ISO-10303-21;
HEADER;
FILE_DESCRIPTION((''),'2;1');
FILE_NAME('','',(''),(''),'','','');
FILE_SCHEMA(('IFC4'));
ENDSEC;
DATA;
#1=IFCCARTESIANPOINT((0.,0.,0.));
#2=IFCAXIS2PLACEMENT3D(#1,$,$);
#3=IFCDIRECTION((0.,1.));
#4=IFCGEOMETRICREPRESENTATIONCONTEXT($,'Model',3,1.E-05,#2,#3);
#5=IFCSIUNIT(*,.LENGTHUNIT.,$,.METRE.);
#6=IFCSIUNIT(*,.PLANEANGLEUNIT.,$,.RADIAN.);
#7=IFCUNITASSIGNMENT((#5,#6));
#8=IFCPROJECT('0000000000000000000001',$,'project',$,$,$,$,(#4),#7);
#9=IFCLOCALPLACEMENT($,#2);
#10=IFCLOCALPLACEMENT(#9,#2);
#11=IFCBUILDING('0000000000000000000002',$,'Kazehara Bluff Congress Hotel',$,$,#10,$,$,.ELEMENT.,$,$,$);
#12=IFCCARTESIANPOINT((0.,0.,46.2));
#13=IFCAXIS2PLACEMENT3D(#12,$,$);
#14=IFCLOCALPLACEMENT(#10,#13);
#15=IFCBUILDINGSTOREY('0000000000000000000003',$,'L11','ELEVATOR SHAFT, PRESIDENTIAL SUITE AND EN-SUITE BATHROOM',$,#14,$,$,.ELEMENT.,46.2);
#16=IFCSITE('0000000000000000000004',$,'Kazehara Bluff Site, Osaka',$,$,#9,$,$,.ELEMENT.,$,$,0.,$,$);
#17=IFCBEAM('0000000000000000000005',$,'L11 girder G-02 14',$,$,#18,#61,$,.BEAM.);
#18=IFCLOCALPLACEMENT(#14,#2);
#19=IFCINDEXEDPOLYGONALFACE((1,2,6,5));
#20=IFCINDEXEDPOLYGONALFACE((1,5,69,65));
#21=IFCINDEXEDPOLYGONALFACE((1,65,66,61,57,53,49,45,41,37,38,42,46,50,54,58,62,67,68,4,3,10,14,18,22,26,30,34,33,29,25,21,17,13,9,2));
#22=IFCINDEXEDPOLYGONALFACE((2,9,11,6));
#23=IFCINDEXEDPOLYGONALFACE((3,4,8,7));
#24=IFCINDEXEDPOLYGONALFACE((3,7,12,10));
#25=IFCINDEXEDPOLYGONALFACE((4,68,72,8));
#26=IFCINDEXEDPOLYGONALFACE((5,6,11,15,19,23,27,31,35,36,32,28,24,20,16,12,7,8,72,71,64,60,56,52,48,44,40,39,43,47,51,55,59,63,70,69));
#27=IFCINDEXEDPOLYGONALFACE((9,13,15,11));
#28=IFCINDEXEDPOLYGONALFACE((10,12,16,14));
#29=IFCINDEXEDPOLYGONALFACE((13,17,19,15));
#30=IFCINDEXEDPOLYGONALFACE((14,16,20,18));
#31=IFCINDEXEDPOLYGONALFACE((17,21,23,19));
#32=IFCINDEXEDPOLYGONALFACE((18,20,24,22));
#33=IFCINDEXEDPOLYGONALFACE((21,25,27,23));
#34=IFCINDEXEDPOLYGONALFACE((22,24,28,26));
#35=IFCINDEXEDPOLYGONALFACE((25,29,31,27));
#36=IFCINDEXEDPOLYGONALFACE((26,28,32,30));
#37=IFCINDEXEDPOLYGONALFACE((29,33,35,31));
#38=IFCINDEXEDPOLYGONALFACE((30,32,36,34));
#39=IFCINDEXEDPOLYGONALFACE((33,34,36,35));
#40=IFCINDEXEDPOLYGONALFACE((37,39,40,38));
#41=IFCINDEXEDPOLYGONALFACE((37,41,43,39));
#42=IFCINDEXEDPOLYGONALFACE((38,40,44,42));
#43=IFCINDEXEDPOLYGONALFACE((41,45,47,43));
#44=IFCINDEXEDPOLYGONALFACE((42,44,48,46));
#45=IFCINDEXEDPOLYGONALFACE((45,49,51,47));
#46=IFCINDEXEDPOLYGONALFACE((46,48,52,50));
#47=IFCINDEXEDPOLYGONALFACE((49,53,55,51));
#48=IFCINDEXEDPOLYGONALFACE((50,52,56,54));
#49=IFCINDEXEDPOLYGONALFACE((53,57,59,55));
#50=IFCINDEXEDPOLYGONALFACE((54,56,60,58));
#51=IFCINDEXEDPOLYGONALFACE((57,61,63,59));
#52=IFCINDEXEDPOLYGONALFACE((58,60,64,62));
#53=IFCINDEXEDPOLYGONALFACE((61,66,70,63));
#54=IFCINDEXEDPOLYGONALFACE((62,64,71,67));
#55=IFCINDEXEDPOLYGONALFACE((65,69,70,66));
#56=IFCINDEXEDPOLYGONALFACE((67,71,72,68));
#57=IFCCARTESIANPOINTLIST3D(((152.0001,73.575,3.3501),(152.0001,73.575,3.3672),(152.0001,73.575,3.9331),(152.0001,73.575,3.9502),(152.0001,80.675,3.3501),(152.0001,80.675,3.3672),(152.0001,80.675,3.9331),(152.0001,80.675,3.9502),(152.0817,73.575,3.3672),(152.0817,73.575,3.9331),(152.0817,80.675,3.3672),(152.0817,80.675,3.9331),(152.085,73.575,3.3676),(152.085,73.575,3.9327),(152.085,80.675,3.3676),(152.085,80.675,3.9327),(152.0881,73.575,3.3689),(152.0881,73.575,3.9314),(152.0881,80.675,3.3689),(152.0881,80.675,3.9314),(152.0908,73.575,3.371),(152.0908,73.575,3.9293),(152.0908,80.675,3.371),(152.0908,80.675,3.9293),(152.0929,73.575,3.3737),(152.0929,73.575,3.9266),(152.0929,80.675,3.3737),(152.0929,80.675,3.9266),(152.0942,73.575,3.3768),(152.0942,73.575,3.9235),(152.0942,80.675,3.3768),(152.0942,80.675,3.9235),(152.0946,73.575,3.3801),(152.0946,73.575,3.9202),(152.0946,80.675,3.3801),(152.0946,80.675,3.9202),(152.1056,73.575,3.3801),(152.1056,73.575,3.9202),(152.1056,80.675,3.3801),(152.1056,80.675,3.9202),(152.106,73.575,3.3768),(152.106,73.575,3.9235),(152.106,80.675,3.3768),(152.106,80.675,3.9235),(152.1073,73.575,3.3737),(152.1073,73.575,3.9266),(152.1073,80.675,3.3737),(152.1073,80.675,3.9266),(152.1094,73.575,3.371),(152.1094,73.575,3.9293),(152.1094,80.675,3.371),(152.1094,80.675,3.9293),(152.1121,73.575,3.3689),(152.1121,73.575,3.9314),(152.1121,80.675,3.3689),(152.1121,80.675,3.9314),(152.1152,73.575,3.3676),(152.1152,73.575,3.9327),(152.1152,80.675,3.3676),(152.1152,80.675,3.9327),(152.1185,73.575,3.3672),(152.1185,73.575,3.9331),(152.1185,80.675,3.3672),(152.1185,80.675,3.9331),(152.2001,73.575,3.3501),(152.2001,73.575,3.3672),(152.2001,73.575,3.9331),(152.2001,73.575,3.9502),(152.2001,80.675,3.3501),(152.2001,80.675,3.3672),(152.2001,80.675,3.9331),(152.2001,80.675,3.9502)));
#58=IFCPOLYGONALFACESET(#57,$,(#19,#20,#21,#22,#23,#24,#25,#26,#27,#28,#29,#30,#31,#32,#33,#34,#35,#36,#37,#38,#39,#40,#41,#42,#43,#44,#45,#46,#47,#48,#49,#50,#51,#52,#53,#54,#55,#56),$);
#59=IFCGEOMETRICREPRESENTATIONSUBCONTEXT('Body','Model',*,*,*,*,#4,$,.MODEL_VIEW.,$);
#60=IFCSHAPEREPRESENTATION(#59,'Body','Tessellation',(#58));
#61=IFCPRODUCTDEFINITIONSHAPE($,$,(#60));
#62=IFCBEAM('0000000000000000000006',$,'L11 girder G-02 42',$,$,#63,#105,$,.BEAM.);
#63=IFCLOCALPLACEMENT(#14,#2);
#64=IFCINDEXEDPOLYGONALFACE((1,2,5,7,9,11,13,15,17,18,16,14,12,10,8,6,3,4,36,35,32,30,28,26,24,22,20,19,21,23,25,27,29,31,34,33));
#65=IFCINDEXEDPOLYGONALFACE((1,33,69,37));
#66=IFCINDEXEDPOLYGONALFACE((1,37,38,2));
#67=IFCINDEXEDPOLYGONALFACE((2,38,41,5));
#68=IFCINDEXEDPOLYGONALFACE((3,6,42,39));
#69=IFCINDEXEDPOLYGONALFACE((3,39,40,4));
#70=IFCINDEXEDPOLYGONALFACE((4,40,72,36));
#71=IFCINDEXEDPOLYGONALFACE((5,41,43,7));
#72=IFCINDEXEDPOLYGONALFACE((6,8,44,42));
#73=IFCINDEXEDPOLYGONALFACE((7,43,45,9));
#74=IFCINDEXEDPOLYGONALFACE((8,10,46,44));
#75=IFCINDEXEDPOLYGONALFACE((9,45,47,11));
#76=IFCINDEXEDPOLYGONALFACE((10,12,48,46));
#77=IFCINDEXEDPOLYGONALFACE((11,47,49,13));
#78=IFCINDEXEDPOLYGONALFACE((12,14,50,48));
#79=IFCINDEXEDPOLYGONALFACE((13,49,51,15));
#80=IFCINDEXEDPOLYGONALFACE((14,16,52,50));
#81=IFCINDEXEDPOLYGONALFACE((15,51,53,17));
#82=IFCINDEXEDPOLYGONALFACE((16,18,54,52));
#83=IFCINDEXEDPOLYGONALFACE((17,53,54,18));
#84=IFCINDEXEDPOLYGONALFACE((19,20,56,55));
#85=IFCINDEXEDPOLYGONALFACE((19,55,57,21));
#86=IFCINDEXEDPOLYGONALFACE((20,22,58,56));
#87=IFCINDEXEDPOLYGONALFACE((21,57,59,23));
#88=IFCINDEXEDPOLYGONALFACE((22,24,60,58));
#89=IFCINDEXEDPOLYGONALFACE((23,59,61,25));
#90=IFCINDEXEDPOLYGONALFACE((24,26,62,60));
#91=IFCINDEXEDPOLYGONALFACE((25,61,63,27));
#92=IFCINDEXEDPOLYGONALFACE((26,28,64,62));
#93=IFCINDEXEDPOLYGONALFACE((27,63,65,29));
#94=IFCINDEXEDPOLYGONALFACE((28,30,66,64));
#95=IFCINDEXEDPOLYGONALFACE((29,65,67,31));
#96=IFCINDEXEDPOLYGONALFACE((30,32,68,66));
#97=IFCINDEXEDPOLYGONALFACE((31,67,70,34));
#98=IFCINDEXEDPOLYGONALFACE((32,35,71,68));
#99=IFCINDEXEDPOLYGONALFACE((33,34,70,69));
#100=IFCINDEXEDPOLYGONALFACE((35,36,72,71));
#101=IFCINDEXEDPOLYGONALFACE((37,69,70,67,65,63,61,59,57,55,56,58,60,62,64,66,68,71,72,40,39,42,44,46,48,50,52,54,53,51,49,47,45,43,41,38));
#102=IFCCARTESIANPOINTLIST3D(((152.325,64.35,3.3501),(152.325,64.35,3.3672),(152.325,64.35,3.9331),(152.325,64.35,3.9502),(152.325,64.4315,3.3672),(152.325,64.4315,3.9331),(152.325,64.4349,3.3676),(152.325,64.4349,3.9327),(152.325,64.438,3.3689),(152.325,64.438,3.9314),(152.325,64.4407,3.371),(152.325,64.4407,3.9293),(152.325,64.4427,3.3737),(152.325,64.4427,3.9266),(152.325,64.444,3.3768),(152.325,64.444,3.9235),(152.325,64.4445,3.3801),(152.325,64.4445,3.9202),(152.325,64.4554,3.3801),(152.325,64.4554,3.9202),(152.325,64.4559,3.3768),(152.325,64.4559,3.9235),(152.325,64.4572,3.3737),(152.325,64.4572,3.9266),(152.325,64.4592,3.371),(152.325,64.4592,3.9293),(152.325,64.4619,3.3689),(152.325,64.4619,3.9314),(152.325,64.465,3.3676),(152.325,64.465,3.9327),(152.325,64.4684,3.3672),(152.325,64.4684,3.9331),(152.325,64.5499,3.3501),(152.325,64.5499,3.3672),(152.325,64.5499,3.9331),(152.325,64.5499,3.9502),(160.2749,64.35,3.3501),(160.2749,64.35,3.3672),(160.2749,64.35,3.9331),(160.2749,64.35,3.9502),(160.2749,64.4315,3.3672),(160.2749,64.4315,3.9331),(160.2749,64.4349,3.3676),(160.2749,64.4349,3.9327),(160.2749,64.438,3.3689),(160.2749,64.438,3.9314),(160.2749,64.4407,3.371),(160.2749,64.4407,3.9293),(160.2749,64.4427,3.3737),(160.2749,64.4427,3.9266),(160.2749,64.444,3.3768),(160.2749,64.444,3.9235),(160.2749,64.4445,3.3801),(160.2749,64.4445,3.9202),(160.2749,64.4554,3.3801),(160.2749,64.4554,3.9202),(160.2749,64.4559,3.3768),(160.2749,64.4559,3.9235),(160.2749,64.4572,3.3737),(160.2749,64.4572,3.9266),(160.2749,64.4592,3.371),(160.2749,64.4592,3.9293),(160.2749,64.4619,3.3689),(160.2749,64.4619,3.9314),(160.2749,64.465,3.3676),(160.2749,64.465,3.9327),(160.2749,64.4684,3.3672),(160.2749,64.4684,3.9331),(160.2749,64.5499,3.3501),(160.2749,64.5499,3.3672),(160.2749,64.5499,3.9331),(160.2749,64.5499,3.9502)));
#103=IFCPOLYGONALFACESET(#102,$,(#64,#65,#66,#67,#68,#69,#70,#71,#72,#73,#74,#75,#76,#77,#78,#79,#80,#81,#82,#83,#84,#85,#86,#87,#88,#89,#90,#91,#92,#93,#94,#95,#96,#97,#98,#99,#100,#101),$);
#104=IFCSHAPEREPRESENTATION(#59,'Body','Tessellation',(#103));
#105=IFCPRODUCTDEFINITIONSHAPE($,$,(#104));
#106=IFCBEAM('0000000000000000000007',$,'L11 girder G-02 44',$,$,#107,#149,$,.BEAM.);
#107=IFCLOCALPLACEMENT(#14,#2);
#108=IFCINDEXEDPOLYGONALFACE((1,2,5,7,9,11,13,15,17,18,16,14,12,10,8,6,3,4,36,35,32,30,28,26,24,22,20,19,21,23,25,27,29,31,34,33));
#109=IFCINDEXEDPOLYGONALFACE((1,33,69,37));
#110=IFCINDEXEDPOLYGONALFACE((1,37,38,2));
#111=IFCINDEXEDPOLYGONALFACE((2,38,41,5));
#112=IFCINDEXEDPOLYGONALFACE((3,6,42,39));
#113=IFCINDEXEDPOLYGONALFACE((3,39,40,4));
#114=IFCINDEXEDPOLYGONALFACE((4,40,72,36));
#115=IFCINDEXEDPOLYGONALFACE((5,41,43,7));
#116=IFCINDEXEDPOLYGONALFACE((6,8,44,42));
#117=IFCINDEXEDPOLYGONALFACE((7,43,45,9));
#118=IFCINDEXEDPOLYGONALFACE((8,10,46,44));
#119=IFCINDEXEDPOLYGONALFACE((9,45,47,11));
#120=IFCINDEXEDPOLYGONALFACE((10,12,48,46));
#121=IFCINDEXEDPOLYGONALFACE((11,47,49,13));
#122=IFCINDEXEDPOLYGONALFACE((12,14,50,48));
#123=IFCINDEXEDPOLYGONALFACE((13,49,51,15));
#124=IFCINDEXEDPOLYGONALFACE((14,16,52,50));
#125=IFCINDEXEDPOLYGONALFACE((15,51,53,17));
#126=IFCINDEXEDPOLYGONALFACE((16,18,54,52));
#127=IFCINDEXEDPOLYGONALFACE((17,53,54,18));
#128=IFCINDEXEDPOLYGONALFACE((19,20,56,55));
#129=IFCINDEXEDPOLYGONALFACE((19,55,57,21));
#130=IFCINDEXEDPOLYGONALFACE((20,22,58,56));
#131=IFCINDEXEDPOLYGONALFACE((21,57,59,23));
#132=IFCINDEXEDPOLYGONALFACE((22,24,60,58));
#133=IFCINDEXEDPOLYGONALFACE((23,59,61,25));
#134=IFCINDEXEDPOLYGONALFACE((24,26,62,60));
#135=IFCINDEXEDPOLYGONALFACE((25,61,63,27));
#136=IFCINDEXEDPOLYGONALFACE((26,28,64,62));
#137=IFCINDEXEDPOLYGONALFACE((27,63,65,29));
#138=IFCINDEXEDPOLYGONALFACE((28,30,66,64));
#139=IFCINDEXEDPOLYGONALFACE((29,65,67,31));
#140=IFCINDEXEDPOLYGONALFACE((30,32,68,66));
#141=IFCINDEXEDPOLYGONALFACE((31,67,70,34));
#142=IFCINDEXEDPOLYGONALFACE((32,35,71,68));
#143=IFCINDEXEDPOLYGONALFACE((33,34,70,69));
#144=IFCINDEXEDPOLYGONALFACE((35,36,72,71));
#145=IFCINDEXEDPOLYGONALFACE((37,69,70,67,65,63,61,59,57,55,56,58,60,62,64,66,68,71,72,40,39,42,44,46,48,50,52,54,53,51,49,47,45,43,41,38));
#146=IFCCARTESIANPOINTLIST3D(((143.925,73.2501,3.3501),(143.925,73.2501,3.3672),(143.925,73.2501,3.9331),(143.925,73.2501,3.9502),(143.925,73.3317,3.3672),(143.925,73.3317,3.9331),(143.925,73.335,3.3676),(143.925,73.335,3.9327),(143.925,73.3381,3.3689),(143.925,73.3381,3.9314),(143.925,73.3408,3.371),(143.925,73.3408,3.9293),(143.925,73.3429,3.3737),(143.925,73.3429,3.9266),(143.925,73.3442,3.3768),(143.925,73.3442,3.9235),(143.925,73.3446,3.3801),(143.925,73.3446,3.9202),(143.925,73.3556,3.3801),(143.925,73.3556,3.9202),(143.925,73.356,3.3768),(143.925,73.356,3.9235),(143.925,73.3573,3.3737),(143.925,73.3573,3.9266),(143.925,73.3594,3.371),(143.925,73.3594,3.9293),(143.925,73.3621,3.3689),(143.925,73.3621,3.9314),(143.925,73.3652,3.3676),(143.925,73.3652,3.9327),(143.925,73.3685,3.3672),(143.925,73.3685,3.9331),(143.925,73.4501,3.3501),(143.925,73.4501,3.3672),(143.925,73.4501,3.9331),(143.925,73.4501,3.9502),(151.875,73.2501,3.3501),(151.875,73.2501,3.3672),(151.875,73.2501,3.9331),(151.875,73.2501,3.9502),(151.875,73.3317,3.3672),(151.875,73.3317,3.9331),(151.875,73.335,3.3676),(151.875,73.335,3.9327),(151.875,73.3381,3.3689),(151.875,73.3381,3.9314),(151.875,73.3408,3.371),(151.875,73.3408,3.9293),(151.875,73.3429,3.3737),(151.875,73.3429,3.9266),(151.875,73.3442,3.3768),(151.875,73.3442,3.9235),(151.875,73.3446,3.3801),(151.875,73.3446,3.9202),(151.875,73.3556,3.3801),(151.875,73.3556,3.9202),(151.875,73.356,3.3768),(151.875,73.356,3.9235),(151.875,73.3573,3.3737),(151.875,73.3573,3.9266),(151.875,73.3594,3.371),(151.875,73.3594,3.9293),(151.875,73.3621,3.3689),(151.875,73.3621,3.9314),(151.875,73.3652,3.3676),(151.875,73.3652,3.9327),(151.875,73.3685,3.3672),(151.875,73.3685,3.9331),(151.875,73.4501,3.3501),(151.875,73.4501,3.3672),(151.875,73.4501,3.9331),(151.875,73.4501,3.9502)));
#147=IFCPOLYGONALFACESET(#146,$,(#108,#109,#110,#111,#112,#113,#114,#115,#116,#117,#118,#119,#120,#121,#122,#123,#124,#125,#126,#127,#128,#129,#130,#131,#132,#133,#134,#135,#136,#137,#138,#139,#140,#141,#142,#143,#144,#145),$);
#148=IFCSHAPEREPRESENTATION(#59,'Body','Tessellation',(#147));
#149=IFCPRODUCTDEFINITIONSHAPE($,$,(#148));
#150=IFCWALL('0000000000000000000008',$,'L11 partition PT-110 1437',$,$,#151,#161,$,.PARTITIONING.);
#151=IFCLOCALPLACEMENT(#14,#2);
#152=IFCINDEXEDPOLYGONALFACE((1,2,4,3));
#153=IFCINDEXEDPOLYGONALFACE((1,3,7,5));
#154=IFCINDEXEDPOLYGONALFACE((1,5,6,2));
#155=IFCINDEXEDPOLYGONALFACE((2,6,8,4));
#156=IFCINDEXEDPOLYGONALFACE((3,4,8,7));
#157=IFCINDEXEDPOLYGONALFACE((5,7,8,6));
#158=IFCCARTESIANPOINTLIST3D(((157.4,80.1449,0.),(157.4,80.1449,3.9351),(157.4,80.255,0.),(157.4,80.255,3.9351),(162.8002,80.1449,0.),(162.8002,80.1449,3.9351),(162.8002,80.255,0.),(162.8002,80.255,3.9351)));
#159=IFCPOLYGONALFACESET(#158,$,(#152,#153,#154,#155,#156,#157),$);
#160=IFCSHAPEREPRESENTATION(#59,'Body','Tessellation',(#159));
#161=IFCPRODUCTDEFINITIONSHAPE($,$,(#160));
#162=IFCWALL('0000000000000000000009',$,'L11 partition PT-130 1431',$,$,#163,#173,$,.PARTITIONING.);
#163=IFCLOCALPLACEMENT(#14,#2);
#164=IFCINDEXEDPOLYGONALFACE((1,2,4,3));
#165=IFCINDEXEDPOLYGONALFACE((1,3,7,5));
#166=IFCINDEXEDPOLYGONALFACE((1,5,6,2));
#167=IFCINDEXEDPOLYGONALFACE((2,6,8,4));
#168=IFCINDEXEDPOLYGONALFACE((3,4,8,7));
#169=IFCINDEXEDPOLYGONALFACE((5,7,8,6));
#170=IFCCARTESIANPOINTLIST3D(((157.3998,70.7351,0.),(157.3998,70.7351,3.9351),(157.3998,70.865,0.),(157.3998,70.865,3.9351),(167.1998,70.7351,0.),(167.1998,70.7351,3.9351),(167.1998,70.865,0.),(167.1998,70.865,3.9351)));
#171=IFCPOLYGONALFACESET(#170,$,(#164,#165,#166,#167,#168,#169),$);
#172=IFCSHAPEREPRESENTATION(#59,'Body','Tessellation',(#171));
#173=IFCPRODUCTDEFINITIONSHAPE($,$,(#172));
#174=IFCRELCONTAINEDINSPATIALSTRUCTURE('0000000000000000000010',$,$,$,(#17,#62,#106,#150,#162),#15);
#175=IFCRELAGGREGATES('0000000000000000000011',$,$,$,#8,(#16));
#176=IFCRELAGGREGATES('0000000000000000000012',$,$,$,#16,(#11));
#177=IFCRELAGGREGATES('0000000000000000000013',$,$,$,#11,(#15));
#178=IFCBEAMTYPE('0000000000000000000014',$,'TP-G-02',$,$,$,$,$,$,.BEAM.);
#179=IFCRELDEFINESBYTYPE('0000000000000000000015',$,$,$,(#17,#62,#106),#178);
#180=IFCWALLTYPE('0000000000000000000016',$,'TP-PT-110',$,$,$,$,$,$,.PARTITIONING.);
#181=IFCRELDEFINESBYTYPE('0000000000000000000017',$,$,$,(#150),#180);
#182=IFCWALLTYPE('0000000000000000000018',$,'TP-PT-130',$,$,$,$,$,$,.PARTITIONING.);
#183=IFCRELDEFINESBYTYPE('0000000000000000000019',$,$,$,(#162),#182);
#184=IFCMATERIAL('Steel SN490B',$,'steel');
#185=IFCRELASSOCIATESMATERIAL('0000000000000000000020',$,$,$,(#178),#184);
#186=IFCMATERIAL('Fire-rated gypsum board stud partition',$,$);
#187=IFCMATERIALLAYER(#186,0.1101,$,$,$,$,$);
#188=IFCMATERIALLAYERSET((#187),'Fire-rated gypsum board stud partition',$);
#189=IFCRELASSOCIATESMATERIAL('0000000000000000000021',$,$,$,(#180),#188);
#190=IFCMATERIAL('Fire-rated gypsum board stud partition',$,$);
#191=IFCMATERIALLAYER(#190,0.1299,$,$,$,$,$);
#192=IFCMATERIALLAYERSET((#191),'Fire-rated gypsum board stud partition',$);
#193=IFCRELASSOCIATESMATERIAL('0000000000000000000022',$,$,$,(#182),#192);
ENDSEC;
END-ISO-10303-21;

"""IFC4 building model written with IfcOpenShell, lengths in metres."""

from ifc_helpers import new_model, si_unit, direction, frame, frame_2d, origin, origin_2d, place, context, subcontext, project, spatial, rectangle, i_section, extrude, material, layer, layer_set, material_profile, profile_set, type_object, element, save


model = new_model("IFC4")

# Units and contexts
model_context = context("Model", 3, precision=1e-05, world=origin(), true_north=direction((0.0, 1.0)))
body_context = subcontext(model_context, "Body", "Model", "MODEL_VIEW")
ifc_project = project(units=[si_unit("LENGTHUNIT", "METRE"), si_unit("PLANEANGLEUNIT", "RADIAN")], contexts=[model_context])

# Site, building, storey
site_placement = place(None, origin())
site = spatial("IfcSite", under=ifc_project, at=site_placement, Name="Kazehara Bluff Site, Osaka", CompositionType="ELEMENT", RefElevation=0.0)
building_placement = place(site_placement, origin())
building = spatial("IfcBuilding", under=site, at=building_placement, Name="Kazehara Bluff Congress Hotel", CompositionType="ELEMENT")
storey_placement = place(building_placement, frame((0.0, 0.0, 46.2)))
storey = spatial("IfcBuildingStorey", under=building, at=storey_placement, Name="L11", Description="ELEVATOR SHAFT, PRESIDENTIAL SUITE AND EN-SUITE BATHROOM", CompositionType="ELEMENT", Elevation=46.2)

# Beams
ifc_material_1 = material(Name="Steel SN490B", Category="steel")
ifc_material_profile_1 = material_profile(ifc_material_1, i_section(OverallWidth=0.2, OverallDepth=0.6001, WebThickness=0.011, FlangeThickness=0.0171, FilletRadius=0.0129, at=origin_2d()))
ifc_profile_set_1 = profile_set([ifc_material_profile_1], Name="Steel SN490B")
beam_type = type_object("IfcBeamType", Name="TP-G-02", PredefinedType="BEAM", material=ifc_profile_set_1)
beam_1_placement = place(storey_placement, frame((152.1001, 73.575, 3.6501), z_axis=(0.0, 1.0, 0.0), x_axis=(-1.0, 0.0, 0.0)))
element("IfcBeam", 1, at=beam_1_placement, inside=storey, type_object=beam_type, Name="L11 girder G-02 14", PredefinedType="BEAM", context=body_context, shape_type="SweptSolid", body=[
    extrude(i_section(OverallWidth=0.2, OverallDepth=0.6001, WebThickness=0.011, FlangeThickness=0.0171, FilletRadius=0.0129, at=origin_2d()), origin(), (0.0, 0.0, 1.0), 7.1001),
])
for number, where, z_axis, x_axis, name in (
    (2, (152.325, 64.45, 3.6501), (1.0, 0.0, 0.0), (0.0, 1.0, 0.0), "L11 girder G-02 42"),
    (3, (143.925, 73.3501, 3.6501), (1.0, 0.0, 0.0), (0.0, 1.0, 0.0), "L11 girder G-02 44"),
):
    element("IfcBeam", number, at=place(storey_placement, frame(where, z_axis=z_axis, x_axis=x_axis)), inside=storey, type_object=beam_type, Name=name, PredefinedType="BEAM", context=body_context, shape_type="SweptSolid", body=[
        extrude(i_section(OverallWidth=0.2, OverallDepth=0.6001, WebThickness=0.011, FlangeThickness=0.0171, FilletRadius=0.0129, at=origin_2d()), origin(), (0.0, 0.0, 1.0), 7.95),
    ])

# Walls
ifc_material_2 = material(Name="Fire-rated gypsum board stud partition")
ifc_layer_1 = layer(ifc_material_2, 0.1101)
ifc_layer_set_1 = layer_set([ifc_layer_1], Name="Fire-rated gypsum board stud partition")
wall_type_1 = type_object("IfcWallType", Name="TP-PT-110", PredefinedType="PARTITIONING", material=ifc_layer_set_1)
wall_1_placement = place(storey_placement, frame((157.3999, 80.2, 0.0), z_axis=(0.0, 0.0, 1.0), x_axis=(1.0, 0.0, 0.0)))
element("IfcWall", 4, at=wall_1_placement, inside=storey, type_object=wall_type_1, Name="L11 partition PT-110 1437", PredefinedType="PARTITIONING", context=body_context, shape_type="SweptSolid", body=[
    extrude(rectangle(XDim=5.4001, YDim=0.1101, at=frame_2d((2.7002, 0.0))), origin(), (0.0, 0.0, 1.0), 3.9351),
])
ifc_material_3 = material(Name="Fire-rated gypsum board stud partition")
ifc_layer_2 = layer(ifc_material_3, 0.1299)
ifc_layer_set_2 = layer_set([ifc_layer_2], Name="Fire-rated gypsum board stud partition")
wall_type_2 = type_object("IfcWallType", Name="TP-PT-130", PredefinedType="PARTITIONING", material=ifc_layer_set_2)
wall_2_placement = place(storey_placement, frame((157.3999, 70.8, 0.0), z_axis=(0.0, 0.0, 1.0), x_axis=(1.0, 0.0, 0.0)))
element("IfcWall", 5, at=wall_2_placement, inside=storey, type_object=wall_type_2, Name="L11 partition PT-130 1431", PredefinedType="PARTITIONING", context=body_context, shape_type="SweptSolid", body=[
    extrude(rectangle(XDim=9.8, YDim=0.1299, at=frame_2d((4.8999, 0.0))), origin(), (0.0, 0.0, 1.0), 3.9351),
])

save(model, "model.ifc")
